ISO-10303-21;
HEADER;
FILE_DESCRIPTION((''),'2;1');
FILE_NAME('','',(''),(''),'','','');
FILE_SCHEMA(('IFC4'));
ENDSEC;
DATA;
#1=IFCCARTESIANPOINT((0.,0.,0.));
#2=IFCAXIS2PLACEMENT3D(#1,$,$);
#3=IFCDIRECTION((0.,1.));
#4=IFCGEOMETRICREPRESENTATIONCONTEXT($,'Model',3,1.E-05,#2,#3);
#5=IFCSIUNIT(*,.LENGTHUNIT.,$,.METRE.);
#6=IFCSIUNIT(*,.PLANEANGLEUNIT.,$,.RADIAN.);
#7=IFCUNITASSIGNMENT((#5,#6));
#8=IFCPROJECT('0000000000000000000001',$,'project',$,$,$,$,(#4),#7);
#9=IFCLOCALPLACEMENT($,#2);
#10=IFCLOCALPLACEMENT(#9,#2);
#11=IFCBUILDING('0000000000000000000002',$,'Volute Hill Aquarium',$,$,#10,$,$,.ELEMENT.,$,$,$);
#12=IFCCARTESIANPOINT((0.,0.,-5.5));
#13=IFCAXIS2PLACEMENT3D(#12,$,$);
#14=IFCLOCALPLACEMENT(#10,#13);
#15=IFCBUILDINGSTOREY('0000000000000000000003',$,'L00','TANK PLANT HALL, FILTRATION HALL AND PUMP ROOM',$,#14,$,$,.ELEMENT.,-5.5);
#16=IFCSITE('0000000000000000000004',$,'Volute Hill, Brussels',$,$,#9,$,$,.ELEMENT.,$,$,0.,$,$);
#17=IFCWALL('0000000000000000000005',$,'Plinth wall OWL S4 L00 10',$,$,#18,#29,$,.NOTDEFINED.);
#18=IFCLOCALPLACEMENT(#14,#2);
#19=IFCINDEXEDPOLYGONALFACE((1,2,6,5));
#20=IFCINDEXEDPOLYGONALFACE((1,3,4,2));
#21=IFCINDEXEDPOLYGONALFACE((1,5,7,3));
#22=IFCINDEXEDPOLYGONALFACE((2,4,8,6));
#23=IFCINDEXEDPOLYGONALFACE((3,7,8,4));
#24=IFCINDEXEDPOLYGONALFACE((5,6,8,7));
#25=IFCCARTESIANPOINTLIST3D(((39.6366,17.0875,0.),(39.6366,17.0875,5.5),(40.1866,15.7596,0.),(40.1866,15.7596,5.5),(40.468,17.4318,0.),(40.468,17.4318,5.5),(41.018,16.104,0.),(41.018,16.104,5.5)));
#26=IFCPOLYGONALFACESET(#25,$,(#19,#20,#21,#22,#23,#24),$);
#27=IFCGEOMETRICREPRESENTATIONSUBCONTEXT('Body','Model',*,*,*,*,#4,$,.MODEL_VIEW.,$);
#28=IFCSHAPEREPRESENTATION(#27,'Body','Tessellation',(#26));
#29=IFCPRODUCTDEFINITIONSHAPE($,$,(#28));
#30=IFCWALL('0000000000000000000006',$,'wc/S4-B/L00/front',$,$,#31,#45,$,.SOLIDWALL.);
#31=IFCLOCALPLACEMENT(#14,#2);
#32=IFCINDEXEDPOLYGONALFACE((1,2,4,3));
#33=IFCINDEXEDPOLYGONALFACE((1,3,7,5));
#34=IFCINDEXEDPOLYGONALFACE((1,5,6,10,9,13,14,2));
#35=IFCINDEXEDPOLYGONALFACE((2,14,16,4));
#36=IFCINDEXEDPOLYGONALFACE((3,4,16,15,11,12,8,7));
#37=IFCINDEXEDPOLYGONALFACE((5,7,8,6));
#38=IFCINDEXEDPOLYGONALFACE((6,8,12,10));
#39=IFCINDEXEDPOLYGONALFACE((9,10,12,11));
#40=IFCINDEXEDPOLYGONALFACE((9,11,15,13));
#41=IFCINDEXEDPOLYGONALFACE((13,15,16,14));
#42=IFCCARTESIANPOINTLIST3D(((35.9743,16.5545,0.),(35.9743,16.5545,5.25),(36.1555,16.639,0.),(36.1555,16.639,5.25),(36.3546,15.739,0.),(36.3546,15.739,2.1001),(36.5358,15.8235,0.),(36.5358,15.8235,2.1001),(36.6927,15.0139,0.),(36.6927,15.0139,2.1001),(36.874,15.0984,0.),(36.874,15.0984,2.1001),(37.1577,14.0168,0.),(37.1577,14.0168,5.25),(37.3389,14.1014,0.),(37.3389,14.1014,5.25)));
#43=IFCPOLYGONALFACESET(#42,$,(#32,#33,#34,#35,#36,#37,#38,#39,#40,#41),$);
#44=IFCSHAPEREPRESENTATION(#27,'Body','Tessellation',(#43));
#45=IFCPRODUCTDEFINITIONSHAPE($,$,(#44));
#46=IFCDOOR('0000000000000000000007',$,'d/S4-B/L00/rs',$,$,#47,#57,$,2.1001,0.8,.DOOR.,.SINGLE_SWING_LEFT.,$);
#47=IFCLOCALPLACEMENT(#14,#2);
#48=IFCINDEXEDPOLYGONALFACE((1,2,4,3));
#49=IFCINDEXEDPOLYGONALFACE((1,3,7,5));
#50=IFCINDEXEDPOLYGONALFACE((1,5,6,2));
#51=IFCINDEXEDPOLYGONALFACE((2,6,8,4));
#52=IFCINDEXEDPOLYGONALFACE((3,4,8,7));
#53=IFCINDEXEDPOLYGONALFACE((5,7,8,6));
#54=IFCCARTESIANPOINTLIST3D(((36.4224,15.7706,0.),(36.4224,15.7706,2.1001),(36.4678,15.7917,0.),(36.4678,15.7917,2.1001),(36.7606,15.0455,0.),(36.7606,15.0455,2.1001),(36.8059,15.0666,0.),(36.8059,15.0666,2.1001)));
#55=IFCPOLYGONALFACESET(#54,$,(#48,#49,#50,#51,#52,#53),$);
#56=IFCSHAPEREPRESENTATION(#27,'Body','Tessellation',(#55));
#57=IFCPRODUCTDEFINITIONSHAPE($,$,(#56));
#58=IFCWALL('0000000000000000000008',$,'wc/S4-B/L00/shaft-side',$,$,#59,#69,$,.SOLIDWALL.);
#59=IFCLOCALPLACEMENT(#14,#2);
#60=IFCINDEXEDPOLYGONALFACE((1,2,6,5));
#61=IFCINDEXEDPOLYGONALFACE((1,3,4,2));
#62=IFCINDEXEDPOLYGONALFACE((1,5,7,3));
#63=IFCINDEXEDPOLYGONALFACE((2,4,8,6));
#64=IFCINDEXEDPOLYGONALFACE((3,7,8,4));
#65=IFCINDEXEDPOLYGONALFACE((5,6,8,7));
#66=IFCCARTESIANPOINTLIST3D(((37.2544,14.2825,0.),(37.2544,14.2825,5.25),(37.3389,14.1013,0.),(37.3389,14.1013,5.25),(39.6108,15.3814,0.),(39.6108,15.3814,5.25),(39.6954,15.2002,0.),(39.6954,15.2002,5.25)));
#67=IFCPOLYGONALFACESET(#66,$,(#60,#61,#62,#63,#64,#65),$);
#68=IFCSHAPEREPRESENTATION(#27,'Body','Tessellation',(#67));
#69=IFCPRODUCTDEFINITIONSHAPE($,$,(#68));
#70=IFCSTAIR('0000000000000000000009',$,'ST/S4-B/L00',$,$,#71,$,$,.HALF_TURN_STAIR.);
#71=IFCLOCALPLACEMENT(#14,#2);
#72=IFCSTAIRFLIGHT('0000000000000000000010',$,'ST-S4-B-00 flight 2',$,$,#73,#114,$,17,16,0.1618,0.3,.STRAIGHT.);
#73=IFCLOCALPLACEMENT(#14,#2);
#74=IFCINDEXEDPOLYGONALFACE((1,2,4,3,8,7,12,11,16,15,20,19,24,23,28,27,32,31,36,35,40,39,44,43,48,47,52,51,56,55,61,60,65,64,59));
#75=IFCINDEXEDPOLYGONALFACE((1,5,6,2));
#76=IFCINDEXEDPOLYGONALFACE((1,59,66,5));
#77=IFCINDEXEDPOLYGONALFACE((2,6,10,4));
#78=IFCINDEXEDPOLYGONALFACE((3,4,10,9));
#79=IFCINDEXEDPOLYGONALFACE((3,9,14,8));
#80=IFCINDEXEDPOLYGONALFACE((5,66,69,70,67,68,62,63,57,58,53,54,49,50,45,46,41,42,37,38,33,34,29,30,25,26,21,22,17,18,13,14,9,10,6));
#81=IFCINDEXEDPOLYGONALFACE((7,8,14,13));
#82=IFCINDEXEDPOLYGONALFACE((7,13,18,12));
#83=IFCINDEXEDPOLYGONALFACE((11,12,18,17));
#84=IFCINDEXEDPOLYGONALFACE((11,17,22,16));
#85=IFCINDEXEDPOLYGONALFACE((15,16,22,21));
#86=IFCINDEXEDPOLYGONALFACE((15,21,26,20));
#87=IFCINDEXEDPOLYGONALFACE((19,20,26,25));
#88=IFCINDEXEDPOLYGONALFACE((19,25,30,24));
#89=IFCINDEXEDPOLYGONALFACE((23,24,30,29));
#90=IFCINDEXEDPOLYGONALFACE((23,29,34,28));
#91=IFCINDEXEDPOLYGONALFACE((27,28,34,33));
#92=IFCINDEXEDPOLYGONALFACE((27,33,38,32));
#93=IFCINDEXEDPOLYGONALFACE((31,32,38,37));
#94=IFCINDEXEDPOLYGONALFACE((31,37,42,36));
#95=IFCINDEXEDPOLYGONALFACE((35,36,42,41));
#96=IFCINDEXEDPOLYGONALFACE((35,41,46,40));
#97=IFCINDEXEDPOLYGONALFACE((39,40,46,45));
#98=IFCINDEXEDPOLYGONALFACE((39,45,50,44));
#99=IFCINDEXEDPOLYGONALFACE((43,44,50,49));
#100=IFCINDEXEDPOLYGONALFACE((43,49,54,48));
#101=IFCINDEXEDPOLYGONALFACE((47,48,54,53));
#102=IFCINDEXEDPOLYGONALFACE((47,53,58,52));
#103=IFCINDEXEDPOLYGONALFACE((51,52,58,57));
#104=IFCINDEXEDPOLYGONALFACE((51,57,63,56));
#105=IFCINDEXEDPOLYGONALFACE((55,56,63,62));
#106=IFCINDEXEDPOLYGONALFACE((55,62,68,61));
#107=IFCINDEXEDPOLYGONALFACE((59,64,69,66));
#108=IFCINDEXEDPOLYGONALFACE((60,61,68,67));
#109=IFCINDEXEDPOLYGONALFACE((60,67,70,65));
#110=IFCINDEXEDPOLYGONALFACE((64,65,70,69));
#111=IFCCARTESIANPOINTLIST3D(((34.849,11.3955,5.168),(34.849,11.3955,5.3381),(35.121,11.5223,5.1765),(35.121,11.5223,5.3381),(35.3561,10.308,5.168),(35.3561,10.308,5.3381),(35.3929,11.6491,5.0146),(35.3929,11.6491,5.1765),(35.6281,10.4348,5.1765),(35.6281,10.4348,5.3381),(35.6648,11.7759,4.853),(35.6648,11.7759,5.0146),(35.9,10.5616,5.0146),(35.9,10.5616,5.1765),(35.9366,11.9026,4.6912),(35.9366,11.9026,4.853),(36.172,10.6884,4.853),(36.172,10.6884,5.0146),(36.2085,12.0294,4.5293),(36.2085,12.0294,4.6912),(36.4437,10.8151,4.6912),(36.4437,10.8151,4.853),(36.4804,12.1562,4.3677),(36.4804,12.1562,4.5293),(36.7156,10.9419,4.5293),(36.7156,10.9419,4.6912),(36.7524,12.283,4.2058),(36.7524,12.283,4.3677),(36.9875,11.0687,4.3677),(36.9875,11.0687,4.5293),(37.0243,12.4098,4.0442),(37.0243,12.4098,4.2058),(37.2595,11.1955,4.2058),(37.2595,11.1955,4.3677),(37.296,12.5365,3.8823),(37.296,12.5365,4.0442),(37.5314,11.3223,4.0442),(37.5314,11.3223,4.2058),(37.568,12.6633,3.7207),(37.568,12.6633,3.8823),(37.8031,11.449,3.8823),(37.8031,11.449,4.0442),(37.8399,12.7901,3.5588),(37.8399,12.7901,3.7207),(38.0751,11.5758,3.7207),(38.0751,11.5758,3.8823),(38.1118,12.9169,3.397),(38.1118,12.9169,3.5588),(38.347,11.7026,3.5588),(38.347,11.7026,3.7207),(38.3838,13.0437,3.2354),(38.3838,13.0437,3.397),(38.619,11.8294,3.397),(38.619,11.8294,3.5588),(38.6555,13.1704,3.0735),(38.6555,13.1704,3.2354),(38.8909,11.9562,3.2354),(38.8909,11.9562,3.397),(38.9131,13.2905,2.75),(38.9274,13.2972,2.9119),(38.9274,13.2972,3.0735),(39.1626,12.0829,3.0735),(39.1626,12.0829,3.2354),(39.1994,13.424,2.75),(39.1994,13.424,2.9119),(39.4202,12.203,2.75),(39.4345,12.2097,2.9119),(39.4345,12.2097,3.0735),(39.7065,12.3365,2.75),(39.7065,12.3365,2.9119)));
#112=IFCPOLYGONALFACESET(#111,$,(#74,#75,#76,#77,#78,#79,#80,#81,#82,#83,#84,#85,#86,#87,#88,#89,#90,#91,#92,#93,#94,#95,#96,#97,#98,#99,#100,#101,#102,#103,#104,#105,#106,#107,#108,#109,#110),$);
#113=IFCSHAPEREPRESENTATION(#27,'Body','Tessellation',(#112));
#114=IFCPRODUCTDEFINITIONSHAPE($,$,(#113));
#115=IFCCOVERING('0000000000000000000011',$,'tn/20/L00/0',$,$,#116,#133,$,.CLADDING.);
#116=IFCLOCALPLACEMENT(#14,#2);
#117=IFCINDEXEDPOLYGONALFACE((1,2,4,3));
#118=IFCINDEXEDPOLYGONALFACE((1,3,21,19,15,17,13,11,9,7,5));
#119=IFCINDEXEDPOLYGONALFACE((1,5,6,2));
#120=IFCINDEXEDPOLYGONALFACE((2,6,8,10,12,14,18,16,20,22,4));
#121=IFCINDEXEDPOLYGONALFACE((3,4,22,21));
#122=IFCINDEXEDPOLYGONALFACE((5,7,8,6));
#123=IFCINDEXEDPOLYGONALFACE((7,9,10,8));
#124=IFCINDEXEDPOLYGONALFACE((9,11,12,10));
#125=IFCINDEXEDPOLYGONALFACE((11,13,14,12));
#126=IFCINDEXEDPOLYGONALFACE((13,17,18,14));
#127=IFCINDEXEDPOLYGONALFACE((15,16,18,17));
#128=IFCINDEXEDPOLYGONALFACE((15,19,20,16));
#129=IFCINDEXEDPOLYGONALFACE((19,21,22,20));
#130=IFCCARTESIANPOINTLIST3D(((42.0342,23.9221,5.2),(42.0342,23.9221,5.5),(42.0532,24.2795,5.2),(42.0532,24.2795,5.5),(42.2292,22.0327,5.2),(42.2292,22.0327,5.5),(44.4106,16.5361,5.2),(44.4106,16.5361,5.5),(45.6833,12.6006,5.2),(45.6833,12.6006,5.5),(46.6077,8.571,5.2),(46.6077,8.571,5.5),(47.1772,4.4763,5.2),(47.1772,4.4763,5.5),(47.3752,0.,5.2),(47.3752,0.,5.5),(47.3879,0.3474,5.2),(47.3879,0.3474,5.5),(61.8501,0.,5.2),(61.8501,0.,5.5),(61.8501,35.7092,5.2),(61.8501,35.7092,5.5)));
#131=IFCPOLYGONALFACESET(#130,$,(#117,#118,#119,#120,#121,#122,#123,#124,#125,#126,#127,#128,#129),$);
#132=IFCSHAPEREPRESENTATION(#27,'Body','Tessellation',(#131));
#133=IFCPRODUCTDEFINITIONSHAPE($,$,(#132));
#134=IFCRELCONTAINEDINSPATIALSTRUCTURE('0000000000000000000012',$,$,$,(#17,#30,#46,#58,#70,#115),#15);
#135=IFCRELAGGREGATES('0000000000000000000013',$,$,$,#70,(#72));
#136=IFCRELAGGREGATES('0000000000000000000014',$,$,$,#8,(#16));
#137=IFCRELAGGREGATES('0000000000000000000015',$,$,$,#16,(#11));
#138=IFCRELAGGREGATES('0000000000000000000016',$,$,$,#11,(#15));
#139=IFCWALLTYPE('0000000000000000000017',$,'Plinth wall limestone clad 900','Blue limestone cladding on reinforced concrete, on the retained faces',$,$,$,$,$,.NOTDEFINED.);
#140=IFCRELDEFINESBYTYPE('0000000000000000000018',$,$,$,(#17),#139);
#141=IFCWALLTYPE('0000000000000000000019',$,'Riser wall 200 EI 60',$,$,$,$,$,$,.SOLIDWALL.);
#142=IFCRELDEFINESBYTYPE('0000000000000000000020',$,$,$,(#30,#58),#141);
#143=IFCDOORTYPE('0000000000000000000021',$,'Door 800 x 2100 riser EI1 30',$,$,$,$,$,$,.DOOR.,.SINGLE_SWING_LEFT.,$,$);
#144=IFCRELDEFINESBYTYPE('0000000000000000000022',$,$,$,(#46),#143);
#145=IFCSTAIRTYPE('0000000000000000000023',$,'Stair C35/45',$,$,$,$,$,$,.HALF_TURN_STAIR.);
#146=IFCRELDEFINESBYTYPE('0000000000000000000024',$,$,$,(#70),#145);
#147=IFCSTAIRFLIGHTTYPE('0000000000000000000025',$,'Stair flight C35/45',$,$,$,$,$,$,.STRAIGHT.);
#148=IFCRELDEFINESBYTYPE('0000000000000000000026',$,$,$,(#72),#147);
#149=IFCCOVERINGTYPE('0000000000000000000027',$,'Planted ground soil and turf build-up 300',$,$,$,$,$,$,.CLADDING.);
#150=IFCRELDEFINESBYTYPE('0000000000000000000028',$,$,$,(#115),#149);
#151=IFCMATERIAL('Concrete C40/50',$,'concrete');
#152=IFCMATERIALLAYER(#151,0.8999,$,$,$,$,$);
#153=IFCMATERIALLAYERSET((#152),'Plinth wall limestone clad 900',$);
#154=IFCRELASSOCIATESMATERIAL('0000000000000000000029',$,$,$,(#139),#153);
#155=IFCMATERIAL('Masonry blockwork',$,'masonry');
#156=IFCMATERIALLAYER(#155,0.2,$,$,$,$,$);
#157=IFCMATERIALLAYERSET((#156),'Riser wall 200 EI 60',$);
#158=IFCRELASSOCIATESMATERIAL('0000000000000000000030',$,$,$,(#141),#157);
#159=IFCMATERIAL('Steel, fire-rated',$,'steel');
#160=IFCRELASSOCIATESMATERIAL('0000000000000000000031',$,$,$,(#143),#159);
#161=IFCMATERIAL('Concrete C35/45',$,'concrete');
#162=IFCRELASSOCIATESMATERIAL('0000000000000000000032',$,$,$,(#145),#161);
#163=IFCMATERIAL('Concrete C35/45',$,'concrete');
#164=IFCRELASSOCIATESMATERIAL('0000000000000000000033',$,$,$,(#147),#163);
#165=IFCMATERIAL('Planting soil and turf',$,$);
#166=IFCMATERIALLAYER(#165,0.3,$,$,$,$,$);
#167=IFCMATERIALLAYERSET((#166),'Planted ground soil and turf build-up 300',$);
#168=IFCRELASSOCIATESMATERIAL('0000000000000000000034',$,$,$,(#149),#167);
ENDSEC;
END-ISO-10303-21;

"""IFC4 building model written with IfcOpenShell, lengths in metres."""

from ifc_helpers import new_model, si_unit, direction, frame, frame_2d, origin, place, context, subcontext, project, spatial, polyline, rectangle, outline, extrude, material, layer, layer_set, type_object, element, fill, aggregate, save


model = new_model("IFC4")

# Units and contexts
model_context = context("Model", 3, precision=1e-05, world=origin(), true_north=direction((0.0, 1.0)))
body_context = subcontext(model_context, "Body", "Model", "MODEL_VIEW")
ifc_project = project(units=[si_unit("LENGTHUNIT", "METRE"), si_unit("PLANEANGLEUNIT", "RADIAN")], contexts=[model_context])

# Site, building, storey
site_placement = place(None, origin())
site = spatial("IfcSite", under=ifc_project, at=site_placement, Name="Volute Hill, Brussels", CompositionType="ELEMENT", RefElevation=0.0)
building_placement = place(site_placement, origin())
building = spatial("IfcBuilding", under=site, at=building_placement, Name="Volute Hill Aquarium", CompositionType="ELEMENT")
storey_placement = place(building_placement, frame((0.0, 0.0, -5.5)))
storey = spatial("IfcBuildingStorey", under=building, at=storey_placement, Name="L00", Description="TANK PLANT HALL, FILTRATION HALL AND PUMP ROOM", CompositionType="ELEMENT", Elevation=-5.5)

# Wall
ifc_material_1 = material(Name="Concrete C40/50", Category="concrete")
ifc_layer_1 = layer(ifc_material_1, 0.8999)
ifc_layer_set_1 = layer_set([ifc_layer_1], Name="Plinth wall limestone clad 900")
wall_type_1 = type_object("IfcWallType", Name="Plinth wall limestone clad 900", Description="Blue limestone cladding on reinforced concrete, on the retained faces", PredefinedType="NOTDEFINED", material=ifc_layer_set_1)
wall_1_placement = place(storey_placement, frame((40.0522, 17.2598, 0.0), z_axis=(0.0, 0.0, 1.0), x_axis=(0.382697, -0.923874, 0.0)))
element("IfcWall", 1, at=wall_1_placement, inside=storey, type_object=wall_type_1, Name="Plinth wall OWL S4 L00 10", PredefinedType="NOTDEFINED", context=body_context, shape_type="SweptSolid", body=[
    extrude(rectangle(XDim=1.4373, YDim=0.8999, at=frame_2d((0.7188, 0.0))), origin(), (0.0, 0.0, 1.0), 5.5),
])

# Wall, opening, door
ifc_material_2 = material(Name="Masonry blockwork", Category="masonry")
ifc_layer_2 = layer(ifc_material_2, 0.2)
ifc_layer_set_2 = layer_set([ifc_layer_2], Name="Riser wall 200 EI 60")
wall_type_2 = type_object("IfcWallType", Name="Riser wall 200 EI 60", PredefinedType="SOLIDWALL", material=ifc_layer_set_2)
wall_2_placement = place(storey_placement, frame((36.0649, 16.5967, 0.0), z_axis=(0.0, 0.0, 1.0), x_axis=(0.422632, -0.906301, 0.0)))
wall_2 = element("IfcWall", 2, at=wall_2_placement, inside=storey, type_object=wall_type_2, Name="wc/S4-B/L00/front", PredefinedType="SOLIDWALL", context=body_context, shape_type="SweptSolid", body=[
    extrude(rectangle(XDim=2.8, YDim=0.2, at=frame_2d((1.3999, 0.0))), origin(), (0.0, 0.0, 1.0), 5.25),
])
opening_1_placement = place(wall_2_placement, frame((0.8999, 0.0, 0.0)))
opening_1 = element("IfcOpeningElement", 3, at=opening_1_placement, cuts=wall_2, PredefinedType="OPENING", context=body_context, shape_type="SweptSolid", body=[
    extrude(rectangle(XDim=0.8, YDim=2.1001, at=frame_2d((0.3999, 1.05))), frame((0.0, 0.1099, 0.0), z_axis=(0.0, -1.0, 0.0), x_axis=(1.0, 0.0, 0.0)), (0.0, 0.0, 1.0), 0.22),
])
ifc_material_3 = material(Name="Steel, fire-rated", Category="steel")
door_type_1 = type_object("IfcDoorType", Name="Door 800 x 2100 riser EI1 30", OperationType="SINGLE_SWING_LEFT", PredefinedType="DOOR", material=ifc_material_3)
door_1_placement = place(opening_1_placement, origin())
door_1 = element("IfcDoor", 4, at=door_1_placement, inside=storey, type_object=door_type_1, Name="d/S4-B/L00/rs", OperationType="SINGLE_SWING_LEFT", OverallHeight=2.1001, OverallWidth=0.8, PredefinedType="DOOR", context=body_context, shape_type="SweptSolid", body=[
    extrude(rectangle(XDim=0.8, YDim=2.1001, at=frame_2d((0.3999, 1.05))), frame((0.0, 0.0249, 0.0), z_axis=(0.0, -1.0, 0.0), x_axis=(1.0, 0.0, 0.0)), (0.0, 0.0, 1.0), 0.05),
])
fill(opening_1, door_1)

# Wall
wall_3_placement = place(storey_placement, frame((37.2966, 14.1919, 0.0), z_axis=(0.0, 0.0, 1.0), x_axis=(0.906301, 0.422634, 0.0)))
element("IfcWall", 5, at=wall_3_placement, inside=storey, type_object=wall_type_2, Name="wc/S4-B/L00/shaft-side", PredefinedType="SOLIDWALL", context=body_context, shape_type="SweptSolid", body=[
    extrude(rectangle(XDim=2.6001, YDim=0.2, at=frame_2d((1.3, 0.0))), origin(), (0.0, 0.0, 1.0), 5.25),
])

# Stair, stair flight
ifc_material_4 = material(Name="Concrete C35/45", Category="concrete")
stair_type = type_object("IfcStairType", Name="Stair C35/45", PredefinedType="HALF_TURN_STAIR", material=ifc_material_4)
stair_placement = place(storey_placement, origin())
stair = element("IfcStair", 6, at=stair_placement, inside=storey, type_object=stair_type, Name="ST/S4-B/L00", PredefinedType="HALF_TURN_STAIR")
ifc_material_5 = material(Name="Concrete C35/45", Category="concrete")
stair_flight_type = type_object("IfcStairFlightType", Name="Stair flight C35/45", PredefinedType="STRAIGHT", material=ifc_material_5)
stair_flight_placement = place(storey_placement, frame((39.4529, 12.8804, 2.75), z_axis=(0.0, 0.0, 1.0), x_axis=(-0.906313, -0.422606, 0.0)))
stair_flight = element("IfcStairFlight", 7, at=stair_flight_placement, type_object=stair_flight_type, Name="ST-S4-B-00 flight 2", NumberOfRisers=17, NumberOfTreads=16, PredefinedType="STRAIGHT", RiserHeight=0.1618, TreadLength=0.3, context=body_context, shape_type="SweptSolid", body=[
    extrude(outline(polyline([(0.0, 0.0), (0.0, 0.1619), (0.3, 0.1619), (0.3, 0.3235), (0.6001, 0.3235), (0.6001, 0.4854), (0.8999, 0.4854), (0.8999, 0.647), (1.2, 0.647), (1.2, 0.8088), (1.5, 0.8088), (1.5, 0.9707), (1.8, 0.9707), (1.8, 1.1323), (2.1001, 1.1323), (2.1001, 1.2942), (2.3999, 1.2942), (2.3999, 1.4558), (2.7, 1.4558), (2.7, 1.6177), (3.0, 1.6177), (3.0, 1.7793), (3.3, 1.7793), (3.3, 1.9412), (3.6001, 1.9412), (3.6001, 2.103), (3.8999, 2.103), (3.8999, 2.2646), (4.2, 2.2646), (4.2, 2.4265), (4.5, 2.4265), (4.5, 2.5881), (4.8, 2.5881), (4.8, 2.75), (4.8, 2.418), (0.3159, 0.0), (0.0, 0.0)])), frame((0.0, 0.6001, 0.0), z_axis=(0.0, -1.0, 0.0), x_axis=(1.0, 0.0, 0.0)), (0.0, 0.0, 1.0), 1.2),
])
aggregate(stair, [stair_flight])

# Covering
ifc_material_6 = material(Name="Planting soil and turf")
ifc_layer_3 = layer(ifc_material_6, 0.3)
ifc_layer_set_3 = layer_set([ifc_layer_3], Name="Planted ground soil and turf build-up 300")
covering_type = type_object("IfcCoveringType", Name="Planted ground soil and turf build-up 300", PredefinedType="CLADDING", material=ifc_layer_set_3)
covering_placement = place(storey_placement, frame((47.3752, 0.0, 5.5), z_axis=(0.0, 0.0, 1.0), x_axis=(1.0, 0.0, 0.0)))
element("IfcCovering", 8, at=covering_placement, inside=storey, type_object=covering_type, Name="tn/20/L00/0", PredefinedType="CLADDING", context=body_context, shape_type="SweptSolid", body=[
    extrude(outline(polyline([(0.0, 0.0), (14.4749, 0.0), (14.4749, 35.7092), (-5.322, 24.2795), (-5.3411, 23.9221), (-5.146, 22.0327), (-2.9646, 16.5361), (-1.6919, 12.6006), (-0.7676, 8.571), (-0.198, 4.4763), (0.0127, 0.3474), (0.0, 0.0)])), origin(), (0.0, 0.0, -1.0), 0.3),
])

save(model, "model.ifc")
